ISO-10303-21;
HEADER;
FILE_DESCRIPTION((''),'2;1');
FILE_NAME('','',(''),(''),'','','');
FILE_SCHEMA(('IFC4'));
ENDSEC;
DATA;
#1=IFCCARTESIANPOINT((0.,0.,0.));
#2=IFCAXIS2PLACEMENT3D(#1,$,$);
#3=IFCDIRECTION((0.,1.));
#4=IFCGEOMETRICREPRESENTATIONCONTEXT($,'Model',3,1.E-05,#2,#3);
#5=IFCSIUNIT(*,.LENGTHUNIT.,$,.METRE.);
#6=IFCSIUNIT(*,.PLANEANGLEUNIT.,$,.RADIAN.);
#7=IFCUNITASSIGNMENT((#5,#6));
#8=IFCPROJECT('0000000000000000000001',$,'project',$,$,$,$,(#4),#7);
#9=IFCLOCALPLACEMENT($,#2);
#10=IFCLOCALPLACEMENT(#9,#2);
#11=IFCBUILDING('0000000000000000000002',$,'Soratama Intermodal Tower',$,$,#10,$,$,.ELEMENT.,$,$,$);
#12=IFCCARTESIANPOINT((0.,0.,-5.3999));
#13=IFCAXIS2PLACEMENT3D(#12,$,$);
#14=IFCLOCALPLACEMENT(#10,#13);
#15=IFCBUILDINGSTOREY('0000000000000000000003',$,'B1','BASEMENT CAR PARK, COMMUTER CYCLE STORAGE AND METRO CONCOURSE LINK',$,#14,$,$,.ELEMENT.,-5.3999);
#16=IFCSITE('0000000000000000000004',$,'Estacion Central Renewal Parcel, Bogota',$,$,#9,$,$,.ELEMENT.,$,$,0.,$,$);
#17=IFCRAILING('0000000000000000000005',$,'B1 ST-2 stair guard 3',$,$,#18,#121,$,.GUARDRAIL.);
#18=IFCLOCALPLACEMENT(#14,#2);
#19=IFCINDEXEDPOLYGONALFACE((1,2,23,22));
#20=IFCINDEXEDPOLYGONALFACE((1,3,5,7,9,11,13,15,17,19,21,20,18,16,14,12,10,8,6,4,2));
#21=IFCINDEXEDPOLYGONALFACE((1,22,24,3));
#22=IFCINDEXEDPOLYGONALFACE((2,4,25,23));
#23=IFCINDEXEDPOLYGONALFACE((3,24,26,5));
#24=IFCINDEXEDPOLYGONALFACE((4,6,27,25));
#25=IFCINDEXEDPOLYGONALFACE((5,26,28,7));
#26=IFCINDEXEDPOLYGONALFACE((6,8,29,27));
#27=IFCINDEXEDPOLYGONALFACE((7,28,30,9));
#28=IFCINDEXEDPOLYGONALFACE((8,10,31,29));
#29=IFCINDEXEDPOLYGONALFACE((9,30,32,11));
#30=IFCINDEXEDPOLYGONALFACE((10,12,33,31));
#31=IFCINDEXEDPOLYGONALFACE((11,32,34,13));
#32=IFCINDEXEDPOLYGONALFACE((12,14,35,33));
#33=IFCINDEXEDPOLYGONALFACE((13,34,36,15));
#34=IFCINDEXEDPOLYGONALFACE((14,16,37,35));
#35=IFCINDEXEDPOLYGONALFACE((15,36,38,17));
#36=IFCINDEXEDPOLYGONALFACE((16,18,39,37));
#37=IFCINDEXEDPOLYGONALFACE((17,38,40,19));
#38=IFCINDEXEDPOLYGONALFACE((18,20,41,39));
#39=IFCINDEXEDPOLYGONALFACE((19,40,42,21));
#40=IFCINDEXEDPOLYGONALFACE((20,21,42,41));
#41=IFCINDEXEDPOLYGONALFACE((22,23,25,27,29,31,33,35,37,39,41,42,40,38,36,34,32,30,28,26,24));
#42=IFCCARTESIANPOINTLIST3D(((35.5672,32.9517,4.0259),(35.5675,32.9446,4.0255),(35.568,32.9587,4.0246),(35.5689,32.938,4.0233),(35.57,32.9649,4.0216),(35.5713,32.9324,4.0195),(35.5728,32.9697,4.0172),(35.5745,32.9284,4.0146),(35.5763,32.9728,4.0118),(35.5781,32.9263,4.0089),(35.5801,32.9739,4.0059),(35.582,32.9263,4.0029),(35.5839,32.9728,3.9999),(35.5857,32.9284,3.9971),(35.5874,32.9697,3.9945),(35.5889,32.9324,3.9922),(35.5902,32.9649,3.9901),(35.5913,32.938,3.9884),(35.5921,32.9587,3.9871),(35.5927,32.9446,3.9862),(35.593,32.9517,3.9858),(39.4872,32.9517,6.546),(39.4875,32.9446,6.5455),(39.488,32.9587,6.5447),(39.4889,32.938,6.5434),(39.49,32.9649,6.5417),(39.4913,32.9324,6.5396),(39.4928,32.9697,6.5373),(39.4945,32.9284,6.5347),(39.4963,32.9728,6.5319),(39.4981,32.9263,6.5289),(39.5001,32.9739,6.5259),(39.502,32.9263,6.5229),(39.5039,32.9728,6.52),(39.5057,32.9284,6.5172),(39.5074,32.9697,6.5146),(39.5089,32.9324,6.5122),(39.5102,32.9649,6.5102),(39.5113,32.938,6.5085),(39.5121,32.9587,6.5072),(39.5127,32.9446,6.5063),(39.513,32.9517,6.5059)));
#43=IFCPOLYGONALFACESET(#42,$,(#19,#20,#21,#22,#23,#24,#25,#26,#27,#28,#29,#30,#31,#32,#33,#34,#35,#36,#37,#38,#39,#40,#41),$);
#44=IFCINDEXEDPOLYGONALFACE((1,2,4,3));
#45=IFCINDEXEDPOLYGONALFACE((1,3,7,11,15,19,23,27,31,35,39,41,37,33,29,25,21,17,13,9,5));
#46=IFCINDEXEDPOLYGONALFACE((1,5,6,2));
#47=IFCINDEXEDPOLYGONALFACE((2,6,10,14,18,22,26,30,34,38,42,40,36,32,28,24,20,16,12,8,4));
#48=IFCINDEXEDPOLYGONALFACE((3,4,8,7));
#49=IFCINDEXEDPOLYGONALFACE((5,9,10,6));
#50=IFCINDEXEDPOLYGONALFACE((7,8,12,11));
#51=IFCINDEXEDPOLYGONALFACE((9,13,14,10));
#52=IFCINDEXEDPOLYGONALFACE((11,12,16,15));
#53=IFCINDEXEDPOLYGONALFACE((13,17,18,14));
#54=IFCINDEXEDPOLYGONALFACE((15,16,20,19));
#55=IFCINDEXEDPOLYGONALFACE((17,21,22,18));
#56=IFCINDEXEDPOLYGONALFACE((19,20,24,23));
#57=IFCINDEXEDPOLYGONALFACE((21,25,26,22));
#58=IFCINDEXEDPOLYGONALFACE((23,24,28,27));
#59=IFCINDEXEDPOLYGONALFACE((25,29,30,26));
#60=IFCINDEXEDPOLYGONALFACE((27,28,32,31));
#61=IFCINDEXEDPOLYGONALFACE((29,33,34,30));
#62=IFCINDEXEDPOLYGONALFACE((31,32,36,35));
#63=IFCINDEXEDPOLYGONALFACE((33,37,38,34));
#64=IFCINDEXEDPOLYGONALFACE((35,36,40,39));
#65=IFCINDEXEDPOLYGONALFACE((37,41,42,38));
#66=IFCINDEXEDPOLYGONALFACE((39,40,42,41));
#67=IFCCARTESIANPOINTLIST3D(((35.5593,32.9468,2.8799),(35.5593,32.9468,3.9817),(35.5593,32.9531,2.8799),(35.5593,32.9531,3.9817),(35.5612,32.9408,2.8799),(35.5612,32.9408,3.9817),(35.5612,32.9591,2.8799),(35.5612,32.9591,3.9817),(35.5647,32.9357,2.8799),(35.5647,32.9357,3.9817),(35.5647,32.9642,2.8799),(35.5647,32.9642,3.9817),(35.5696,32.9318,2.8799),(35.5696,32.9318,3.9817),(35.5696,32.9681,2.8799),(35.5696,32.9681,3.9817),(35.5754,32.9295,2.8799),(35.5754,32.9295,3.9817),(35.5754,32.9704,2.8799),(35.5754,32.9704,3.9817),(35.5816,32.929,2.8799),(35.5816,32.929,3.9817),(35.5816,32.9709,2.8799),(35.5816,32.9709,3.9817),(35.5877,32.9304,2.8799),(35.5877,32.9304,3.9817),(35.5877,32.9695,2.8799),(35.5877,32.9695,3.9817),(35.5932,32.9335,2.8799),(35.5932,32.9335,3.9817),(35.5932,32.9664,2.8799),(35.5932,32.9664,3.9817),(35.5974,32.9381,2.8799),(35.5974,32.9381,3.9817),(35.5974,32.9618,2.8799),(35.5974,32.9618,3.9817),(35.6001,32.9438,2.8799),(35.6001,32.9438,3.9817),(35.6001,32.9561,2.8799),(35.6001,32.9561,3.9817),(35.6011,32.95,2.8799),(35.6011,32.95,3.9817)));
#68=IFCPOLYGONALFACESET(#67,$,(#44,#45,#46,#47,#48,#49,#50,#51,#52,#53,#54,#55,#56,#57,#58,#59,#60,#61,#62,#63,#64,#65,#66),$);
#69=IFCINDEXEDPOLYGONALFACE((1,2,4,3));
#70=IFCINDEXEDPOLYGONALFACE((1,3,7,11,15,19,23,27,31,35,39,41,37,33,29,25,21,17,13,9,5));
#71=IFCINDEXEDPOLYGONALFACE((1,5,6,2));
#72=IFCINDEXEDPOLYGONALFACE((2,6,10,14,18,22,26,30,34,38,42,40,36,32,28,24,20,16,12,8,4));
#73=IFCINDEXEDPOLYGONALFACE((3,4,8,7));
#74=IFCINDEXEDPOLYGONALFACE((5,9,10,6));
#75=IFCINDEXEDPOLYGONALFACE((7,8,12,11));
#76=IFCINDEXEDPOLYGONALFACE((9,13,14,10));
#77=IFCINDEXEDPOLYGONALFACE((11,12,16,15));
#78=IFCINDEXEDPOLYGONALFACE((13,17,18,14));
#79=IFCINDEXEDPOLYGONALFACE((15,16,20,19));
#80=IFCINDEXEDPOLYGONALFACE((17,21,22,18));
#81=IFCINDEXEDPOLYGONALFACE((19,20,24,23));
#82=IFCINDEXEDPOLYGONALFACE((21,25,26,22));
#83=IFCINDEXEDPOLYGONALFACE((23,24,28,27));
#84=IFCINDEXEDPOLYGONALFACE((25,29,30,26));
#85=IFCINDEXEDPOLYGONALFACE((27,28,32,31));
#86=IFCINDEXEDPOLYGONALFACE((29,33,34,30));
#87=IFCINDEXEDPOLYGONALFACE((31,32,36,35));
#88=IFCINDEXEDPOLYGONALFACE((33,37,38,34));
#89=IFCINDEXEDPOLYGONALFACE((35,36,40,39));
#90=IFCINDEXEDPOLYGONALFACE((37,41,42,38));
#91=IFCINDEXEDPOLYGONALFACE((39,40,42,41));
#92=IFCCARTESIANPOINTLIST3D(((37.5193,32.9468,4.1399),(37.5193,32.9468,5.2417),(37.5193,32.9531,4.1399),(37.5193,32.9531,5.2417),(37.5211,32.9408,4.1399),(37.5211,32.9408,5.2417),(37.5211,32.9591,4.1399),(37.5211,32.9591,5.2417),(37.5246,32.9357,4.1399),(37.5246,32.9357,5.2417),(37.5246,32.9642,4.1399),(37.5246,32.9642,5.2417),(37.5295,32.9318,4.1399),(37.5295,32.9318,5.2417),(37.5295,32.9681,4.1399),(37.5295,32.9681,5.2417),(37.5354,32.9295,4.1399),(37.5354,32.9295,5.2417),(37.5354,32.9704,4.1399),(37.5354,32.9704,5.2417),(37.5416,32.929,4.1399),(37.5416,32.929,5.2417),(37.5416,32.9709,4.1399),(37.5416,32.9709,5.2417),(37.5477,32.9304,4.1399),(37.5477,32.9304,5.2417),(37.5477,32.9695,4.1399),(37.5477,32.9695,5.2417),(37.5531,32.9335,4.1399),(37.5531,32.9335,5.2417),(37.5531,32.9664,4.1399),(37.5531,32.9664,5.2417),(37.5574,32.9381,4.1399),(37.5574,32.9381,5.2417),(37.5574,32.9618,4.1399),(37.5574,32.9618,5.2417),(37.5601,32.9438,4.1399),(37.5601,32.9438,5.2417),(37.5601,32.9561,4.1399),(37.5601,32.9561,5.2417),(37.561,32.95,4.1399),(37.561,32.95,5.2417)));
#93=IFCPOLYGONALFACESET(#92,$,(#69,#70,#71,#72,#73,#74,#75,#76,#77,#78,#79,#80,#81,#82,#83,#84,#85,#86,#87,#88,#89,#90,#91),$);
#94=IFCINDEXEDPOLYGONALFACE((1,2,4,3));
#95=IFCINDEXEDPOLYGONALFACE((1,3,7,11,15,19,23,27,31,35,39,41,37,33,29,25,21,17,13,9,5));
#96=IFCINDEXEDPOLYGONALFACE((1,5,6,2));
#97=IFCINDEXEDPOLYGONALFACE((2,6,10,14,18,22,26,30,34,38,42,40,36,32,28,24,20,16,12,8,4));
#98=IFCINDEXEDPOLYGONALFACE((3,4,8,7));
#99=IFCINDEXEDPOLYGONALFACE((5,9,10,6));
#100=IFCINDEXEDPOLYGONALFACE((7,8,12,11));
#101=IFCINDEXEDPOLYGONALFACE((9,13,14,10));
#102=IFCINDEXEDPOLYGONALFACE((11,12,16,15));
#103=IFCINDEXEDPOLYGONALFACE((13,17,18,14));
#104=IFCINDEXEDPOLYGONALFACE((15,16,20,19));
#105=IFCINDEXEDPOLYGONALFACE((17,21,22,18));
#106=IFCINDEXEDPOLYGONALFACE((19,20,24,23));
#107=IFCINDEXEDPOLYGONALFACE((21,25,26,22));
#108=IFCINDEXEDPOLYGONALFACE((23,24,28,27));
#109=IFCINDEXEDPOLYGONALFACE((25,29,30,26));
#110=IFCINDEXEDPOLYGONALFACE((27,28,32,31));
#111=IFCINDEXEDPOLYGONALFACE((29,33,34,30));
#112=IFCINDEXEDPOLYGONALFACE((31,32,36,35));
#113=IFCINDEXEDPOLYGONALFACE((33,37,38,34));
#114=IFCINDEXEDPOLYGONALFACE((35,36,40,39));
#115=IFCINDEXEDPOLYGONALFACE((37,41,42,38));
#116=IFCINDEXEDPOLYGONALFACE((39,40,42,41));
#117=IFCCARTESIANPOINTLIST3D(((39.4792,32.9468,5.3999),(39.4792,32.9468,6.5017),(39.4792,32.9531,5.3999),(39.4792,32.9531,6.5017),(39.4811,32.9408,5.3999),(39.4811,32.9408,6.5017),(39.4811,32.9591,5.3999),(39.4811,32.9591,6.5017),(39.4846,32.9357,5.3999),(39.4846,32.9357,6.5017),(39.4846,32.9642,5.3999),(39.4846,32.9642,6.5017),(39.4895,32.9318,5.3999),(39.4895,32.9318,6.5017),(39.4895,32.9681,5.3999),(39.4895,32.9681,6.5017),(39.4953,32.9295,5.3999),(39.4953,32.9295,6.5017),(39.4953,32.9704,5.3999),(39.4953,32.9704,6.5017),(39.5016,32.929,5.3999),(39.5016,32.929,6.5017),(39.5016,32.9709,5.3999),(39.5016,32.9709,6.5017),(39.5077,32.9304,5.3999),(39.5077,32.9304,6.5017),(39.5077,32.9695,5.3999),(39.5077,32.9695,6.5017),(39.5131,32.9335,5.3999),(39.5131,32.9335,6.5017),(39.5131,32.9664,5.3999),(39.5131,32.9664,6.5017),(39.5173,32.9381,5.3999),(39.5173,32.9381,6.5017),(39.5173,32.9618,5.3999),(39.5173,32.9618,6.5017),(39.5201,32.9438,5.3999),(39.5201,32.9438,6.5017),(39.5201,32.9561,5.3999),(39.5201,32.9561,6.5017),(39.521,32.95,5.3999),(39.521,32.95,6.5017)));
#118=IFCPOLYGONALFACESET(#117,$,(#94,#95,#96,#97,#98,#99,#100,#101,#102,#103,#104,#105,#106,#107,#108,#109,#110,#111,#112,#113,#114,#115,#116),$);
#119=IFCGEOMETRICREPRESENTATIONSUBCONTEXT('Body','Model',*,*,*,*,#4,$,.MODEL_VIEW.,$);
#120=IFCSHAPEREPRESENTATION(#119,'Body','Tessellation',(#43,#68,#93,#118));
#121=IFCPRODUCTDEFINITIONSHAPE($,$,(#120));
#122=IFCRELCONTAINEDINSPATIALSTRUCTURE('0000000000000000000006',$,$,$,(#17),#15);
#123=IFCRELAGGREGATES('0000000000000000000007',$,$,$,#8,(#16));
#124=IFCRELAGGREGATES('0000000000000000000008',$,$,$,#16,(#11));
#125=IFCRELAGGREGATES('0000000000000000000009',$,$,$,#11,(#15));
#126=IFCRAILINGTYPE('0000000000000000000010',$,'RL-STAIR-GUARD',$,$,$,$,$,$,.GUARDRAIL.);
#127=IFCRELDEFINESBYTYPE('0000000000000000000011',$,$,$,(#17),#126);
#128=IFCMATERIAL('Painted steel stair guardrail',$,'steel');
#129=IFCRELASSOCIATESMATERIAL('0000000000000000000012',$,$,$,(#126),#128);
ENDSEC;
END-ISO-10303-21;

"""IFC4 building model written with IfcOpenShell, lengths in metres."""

from ifc_helpers import new_model, si_unit, direction, frame, origin, origin_2d, place, context, subcontext, project, spatial, circle, extrude, material, type_object, element, save


model = new_model("IFC4")

# Units and contexts
model_context = context("Model", 3, precision=1e-05, world=origin(), true_north=direction((0.0, 1.0)))
body_context = subcontext(model_context, "Body", "Model", "MODEL_VIEW")
ifc_project = project(units=[si_unit("LENGTHUNIT", "METRE"), si_unit("PLANEANGLEUNIT", "RADIAN")], contexts=[model_context])

# Site, building, storey
site_placement = place(None, origin())
site = spatial("IfcSite", under=ifc_project, at=site_placement, Name="Estacion Central Renewal Parcel, Bogota", CompositionType="ELEMENT", RefElevation=0.0)
building_placement = place(site_placement, origin())
building = spatial("IfcBuilding", under=site, at=building_placement, Name="Soratama Intermodal Tower", CompositionType="ELEMENT")
storey_placement = place(building_placement, frame((0.0, 0.0, -5.3999)))
storey = spatial("IfcBuildingStorey", under=building, at=storey_placement, Name="B1", Description="BASEMENT CAR PARK, COMMUTER CYCLE STORAGE AND METRO CONCOURSE LINK", CompositionType="ELEMENT", Elevation=-5.3999)

# Railing
ifc_material_1 = material(Name="Painted steel stair guardrail", Category="steel")
railing_type_1 = type_object("IfcRailingType", Name="RL-STAIR-GUARD", PredefinedType="GUARDRAIL", material=ifc_material_1)
railing_1_placement = place(storey_placement, frame((35.5801, 32.95, 2.8799)))
element("IfcRailing", 1, at=railing_1_placement, inside=storey, type_object=railing_type_1, Name="B1 ST-2 stair guard 3", PredefinedType="GUARDRAIL", context=body_context, shape_type="SweptSolid", body=[
    extrude(circle(Radius=0.0239, at=origin_2d()), frame((0.0, 0.0, 1.126), z_axis=(0.841172, 0.0, 0.540768), x_axis=(0.0, 1.0, 0.0)), (0.0, 0.0, 1.0), 4.6602),
    extrude(circle(Radius=0.021, at=origin_2d()), origin(), (0.0, 0.0, 1.0), 1.1018),
    extrude(circle(Radius=0.021, at=origin_2d()), frame((1.96, 0.0, 1.26)), (0.0, 0.0, 1.0), 1.1018),
    extrude(circle(Radius=0.021, at=origin_2d()), frame((3.9199, 0.0, 2.52)), (0.0, 0.0, 1.0), 1.1018),
])

save(model, "model.ifc")
